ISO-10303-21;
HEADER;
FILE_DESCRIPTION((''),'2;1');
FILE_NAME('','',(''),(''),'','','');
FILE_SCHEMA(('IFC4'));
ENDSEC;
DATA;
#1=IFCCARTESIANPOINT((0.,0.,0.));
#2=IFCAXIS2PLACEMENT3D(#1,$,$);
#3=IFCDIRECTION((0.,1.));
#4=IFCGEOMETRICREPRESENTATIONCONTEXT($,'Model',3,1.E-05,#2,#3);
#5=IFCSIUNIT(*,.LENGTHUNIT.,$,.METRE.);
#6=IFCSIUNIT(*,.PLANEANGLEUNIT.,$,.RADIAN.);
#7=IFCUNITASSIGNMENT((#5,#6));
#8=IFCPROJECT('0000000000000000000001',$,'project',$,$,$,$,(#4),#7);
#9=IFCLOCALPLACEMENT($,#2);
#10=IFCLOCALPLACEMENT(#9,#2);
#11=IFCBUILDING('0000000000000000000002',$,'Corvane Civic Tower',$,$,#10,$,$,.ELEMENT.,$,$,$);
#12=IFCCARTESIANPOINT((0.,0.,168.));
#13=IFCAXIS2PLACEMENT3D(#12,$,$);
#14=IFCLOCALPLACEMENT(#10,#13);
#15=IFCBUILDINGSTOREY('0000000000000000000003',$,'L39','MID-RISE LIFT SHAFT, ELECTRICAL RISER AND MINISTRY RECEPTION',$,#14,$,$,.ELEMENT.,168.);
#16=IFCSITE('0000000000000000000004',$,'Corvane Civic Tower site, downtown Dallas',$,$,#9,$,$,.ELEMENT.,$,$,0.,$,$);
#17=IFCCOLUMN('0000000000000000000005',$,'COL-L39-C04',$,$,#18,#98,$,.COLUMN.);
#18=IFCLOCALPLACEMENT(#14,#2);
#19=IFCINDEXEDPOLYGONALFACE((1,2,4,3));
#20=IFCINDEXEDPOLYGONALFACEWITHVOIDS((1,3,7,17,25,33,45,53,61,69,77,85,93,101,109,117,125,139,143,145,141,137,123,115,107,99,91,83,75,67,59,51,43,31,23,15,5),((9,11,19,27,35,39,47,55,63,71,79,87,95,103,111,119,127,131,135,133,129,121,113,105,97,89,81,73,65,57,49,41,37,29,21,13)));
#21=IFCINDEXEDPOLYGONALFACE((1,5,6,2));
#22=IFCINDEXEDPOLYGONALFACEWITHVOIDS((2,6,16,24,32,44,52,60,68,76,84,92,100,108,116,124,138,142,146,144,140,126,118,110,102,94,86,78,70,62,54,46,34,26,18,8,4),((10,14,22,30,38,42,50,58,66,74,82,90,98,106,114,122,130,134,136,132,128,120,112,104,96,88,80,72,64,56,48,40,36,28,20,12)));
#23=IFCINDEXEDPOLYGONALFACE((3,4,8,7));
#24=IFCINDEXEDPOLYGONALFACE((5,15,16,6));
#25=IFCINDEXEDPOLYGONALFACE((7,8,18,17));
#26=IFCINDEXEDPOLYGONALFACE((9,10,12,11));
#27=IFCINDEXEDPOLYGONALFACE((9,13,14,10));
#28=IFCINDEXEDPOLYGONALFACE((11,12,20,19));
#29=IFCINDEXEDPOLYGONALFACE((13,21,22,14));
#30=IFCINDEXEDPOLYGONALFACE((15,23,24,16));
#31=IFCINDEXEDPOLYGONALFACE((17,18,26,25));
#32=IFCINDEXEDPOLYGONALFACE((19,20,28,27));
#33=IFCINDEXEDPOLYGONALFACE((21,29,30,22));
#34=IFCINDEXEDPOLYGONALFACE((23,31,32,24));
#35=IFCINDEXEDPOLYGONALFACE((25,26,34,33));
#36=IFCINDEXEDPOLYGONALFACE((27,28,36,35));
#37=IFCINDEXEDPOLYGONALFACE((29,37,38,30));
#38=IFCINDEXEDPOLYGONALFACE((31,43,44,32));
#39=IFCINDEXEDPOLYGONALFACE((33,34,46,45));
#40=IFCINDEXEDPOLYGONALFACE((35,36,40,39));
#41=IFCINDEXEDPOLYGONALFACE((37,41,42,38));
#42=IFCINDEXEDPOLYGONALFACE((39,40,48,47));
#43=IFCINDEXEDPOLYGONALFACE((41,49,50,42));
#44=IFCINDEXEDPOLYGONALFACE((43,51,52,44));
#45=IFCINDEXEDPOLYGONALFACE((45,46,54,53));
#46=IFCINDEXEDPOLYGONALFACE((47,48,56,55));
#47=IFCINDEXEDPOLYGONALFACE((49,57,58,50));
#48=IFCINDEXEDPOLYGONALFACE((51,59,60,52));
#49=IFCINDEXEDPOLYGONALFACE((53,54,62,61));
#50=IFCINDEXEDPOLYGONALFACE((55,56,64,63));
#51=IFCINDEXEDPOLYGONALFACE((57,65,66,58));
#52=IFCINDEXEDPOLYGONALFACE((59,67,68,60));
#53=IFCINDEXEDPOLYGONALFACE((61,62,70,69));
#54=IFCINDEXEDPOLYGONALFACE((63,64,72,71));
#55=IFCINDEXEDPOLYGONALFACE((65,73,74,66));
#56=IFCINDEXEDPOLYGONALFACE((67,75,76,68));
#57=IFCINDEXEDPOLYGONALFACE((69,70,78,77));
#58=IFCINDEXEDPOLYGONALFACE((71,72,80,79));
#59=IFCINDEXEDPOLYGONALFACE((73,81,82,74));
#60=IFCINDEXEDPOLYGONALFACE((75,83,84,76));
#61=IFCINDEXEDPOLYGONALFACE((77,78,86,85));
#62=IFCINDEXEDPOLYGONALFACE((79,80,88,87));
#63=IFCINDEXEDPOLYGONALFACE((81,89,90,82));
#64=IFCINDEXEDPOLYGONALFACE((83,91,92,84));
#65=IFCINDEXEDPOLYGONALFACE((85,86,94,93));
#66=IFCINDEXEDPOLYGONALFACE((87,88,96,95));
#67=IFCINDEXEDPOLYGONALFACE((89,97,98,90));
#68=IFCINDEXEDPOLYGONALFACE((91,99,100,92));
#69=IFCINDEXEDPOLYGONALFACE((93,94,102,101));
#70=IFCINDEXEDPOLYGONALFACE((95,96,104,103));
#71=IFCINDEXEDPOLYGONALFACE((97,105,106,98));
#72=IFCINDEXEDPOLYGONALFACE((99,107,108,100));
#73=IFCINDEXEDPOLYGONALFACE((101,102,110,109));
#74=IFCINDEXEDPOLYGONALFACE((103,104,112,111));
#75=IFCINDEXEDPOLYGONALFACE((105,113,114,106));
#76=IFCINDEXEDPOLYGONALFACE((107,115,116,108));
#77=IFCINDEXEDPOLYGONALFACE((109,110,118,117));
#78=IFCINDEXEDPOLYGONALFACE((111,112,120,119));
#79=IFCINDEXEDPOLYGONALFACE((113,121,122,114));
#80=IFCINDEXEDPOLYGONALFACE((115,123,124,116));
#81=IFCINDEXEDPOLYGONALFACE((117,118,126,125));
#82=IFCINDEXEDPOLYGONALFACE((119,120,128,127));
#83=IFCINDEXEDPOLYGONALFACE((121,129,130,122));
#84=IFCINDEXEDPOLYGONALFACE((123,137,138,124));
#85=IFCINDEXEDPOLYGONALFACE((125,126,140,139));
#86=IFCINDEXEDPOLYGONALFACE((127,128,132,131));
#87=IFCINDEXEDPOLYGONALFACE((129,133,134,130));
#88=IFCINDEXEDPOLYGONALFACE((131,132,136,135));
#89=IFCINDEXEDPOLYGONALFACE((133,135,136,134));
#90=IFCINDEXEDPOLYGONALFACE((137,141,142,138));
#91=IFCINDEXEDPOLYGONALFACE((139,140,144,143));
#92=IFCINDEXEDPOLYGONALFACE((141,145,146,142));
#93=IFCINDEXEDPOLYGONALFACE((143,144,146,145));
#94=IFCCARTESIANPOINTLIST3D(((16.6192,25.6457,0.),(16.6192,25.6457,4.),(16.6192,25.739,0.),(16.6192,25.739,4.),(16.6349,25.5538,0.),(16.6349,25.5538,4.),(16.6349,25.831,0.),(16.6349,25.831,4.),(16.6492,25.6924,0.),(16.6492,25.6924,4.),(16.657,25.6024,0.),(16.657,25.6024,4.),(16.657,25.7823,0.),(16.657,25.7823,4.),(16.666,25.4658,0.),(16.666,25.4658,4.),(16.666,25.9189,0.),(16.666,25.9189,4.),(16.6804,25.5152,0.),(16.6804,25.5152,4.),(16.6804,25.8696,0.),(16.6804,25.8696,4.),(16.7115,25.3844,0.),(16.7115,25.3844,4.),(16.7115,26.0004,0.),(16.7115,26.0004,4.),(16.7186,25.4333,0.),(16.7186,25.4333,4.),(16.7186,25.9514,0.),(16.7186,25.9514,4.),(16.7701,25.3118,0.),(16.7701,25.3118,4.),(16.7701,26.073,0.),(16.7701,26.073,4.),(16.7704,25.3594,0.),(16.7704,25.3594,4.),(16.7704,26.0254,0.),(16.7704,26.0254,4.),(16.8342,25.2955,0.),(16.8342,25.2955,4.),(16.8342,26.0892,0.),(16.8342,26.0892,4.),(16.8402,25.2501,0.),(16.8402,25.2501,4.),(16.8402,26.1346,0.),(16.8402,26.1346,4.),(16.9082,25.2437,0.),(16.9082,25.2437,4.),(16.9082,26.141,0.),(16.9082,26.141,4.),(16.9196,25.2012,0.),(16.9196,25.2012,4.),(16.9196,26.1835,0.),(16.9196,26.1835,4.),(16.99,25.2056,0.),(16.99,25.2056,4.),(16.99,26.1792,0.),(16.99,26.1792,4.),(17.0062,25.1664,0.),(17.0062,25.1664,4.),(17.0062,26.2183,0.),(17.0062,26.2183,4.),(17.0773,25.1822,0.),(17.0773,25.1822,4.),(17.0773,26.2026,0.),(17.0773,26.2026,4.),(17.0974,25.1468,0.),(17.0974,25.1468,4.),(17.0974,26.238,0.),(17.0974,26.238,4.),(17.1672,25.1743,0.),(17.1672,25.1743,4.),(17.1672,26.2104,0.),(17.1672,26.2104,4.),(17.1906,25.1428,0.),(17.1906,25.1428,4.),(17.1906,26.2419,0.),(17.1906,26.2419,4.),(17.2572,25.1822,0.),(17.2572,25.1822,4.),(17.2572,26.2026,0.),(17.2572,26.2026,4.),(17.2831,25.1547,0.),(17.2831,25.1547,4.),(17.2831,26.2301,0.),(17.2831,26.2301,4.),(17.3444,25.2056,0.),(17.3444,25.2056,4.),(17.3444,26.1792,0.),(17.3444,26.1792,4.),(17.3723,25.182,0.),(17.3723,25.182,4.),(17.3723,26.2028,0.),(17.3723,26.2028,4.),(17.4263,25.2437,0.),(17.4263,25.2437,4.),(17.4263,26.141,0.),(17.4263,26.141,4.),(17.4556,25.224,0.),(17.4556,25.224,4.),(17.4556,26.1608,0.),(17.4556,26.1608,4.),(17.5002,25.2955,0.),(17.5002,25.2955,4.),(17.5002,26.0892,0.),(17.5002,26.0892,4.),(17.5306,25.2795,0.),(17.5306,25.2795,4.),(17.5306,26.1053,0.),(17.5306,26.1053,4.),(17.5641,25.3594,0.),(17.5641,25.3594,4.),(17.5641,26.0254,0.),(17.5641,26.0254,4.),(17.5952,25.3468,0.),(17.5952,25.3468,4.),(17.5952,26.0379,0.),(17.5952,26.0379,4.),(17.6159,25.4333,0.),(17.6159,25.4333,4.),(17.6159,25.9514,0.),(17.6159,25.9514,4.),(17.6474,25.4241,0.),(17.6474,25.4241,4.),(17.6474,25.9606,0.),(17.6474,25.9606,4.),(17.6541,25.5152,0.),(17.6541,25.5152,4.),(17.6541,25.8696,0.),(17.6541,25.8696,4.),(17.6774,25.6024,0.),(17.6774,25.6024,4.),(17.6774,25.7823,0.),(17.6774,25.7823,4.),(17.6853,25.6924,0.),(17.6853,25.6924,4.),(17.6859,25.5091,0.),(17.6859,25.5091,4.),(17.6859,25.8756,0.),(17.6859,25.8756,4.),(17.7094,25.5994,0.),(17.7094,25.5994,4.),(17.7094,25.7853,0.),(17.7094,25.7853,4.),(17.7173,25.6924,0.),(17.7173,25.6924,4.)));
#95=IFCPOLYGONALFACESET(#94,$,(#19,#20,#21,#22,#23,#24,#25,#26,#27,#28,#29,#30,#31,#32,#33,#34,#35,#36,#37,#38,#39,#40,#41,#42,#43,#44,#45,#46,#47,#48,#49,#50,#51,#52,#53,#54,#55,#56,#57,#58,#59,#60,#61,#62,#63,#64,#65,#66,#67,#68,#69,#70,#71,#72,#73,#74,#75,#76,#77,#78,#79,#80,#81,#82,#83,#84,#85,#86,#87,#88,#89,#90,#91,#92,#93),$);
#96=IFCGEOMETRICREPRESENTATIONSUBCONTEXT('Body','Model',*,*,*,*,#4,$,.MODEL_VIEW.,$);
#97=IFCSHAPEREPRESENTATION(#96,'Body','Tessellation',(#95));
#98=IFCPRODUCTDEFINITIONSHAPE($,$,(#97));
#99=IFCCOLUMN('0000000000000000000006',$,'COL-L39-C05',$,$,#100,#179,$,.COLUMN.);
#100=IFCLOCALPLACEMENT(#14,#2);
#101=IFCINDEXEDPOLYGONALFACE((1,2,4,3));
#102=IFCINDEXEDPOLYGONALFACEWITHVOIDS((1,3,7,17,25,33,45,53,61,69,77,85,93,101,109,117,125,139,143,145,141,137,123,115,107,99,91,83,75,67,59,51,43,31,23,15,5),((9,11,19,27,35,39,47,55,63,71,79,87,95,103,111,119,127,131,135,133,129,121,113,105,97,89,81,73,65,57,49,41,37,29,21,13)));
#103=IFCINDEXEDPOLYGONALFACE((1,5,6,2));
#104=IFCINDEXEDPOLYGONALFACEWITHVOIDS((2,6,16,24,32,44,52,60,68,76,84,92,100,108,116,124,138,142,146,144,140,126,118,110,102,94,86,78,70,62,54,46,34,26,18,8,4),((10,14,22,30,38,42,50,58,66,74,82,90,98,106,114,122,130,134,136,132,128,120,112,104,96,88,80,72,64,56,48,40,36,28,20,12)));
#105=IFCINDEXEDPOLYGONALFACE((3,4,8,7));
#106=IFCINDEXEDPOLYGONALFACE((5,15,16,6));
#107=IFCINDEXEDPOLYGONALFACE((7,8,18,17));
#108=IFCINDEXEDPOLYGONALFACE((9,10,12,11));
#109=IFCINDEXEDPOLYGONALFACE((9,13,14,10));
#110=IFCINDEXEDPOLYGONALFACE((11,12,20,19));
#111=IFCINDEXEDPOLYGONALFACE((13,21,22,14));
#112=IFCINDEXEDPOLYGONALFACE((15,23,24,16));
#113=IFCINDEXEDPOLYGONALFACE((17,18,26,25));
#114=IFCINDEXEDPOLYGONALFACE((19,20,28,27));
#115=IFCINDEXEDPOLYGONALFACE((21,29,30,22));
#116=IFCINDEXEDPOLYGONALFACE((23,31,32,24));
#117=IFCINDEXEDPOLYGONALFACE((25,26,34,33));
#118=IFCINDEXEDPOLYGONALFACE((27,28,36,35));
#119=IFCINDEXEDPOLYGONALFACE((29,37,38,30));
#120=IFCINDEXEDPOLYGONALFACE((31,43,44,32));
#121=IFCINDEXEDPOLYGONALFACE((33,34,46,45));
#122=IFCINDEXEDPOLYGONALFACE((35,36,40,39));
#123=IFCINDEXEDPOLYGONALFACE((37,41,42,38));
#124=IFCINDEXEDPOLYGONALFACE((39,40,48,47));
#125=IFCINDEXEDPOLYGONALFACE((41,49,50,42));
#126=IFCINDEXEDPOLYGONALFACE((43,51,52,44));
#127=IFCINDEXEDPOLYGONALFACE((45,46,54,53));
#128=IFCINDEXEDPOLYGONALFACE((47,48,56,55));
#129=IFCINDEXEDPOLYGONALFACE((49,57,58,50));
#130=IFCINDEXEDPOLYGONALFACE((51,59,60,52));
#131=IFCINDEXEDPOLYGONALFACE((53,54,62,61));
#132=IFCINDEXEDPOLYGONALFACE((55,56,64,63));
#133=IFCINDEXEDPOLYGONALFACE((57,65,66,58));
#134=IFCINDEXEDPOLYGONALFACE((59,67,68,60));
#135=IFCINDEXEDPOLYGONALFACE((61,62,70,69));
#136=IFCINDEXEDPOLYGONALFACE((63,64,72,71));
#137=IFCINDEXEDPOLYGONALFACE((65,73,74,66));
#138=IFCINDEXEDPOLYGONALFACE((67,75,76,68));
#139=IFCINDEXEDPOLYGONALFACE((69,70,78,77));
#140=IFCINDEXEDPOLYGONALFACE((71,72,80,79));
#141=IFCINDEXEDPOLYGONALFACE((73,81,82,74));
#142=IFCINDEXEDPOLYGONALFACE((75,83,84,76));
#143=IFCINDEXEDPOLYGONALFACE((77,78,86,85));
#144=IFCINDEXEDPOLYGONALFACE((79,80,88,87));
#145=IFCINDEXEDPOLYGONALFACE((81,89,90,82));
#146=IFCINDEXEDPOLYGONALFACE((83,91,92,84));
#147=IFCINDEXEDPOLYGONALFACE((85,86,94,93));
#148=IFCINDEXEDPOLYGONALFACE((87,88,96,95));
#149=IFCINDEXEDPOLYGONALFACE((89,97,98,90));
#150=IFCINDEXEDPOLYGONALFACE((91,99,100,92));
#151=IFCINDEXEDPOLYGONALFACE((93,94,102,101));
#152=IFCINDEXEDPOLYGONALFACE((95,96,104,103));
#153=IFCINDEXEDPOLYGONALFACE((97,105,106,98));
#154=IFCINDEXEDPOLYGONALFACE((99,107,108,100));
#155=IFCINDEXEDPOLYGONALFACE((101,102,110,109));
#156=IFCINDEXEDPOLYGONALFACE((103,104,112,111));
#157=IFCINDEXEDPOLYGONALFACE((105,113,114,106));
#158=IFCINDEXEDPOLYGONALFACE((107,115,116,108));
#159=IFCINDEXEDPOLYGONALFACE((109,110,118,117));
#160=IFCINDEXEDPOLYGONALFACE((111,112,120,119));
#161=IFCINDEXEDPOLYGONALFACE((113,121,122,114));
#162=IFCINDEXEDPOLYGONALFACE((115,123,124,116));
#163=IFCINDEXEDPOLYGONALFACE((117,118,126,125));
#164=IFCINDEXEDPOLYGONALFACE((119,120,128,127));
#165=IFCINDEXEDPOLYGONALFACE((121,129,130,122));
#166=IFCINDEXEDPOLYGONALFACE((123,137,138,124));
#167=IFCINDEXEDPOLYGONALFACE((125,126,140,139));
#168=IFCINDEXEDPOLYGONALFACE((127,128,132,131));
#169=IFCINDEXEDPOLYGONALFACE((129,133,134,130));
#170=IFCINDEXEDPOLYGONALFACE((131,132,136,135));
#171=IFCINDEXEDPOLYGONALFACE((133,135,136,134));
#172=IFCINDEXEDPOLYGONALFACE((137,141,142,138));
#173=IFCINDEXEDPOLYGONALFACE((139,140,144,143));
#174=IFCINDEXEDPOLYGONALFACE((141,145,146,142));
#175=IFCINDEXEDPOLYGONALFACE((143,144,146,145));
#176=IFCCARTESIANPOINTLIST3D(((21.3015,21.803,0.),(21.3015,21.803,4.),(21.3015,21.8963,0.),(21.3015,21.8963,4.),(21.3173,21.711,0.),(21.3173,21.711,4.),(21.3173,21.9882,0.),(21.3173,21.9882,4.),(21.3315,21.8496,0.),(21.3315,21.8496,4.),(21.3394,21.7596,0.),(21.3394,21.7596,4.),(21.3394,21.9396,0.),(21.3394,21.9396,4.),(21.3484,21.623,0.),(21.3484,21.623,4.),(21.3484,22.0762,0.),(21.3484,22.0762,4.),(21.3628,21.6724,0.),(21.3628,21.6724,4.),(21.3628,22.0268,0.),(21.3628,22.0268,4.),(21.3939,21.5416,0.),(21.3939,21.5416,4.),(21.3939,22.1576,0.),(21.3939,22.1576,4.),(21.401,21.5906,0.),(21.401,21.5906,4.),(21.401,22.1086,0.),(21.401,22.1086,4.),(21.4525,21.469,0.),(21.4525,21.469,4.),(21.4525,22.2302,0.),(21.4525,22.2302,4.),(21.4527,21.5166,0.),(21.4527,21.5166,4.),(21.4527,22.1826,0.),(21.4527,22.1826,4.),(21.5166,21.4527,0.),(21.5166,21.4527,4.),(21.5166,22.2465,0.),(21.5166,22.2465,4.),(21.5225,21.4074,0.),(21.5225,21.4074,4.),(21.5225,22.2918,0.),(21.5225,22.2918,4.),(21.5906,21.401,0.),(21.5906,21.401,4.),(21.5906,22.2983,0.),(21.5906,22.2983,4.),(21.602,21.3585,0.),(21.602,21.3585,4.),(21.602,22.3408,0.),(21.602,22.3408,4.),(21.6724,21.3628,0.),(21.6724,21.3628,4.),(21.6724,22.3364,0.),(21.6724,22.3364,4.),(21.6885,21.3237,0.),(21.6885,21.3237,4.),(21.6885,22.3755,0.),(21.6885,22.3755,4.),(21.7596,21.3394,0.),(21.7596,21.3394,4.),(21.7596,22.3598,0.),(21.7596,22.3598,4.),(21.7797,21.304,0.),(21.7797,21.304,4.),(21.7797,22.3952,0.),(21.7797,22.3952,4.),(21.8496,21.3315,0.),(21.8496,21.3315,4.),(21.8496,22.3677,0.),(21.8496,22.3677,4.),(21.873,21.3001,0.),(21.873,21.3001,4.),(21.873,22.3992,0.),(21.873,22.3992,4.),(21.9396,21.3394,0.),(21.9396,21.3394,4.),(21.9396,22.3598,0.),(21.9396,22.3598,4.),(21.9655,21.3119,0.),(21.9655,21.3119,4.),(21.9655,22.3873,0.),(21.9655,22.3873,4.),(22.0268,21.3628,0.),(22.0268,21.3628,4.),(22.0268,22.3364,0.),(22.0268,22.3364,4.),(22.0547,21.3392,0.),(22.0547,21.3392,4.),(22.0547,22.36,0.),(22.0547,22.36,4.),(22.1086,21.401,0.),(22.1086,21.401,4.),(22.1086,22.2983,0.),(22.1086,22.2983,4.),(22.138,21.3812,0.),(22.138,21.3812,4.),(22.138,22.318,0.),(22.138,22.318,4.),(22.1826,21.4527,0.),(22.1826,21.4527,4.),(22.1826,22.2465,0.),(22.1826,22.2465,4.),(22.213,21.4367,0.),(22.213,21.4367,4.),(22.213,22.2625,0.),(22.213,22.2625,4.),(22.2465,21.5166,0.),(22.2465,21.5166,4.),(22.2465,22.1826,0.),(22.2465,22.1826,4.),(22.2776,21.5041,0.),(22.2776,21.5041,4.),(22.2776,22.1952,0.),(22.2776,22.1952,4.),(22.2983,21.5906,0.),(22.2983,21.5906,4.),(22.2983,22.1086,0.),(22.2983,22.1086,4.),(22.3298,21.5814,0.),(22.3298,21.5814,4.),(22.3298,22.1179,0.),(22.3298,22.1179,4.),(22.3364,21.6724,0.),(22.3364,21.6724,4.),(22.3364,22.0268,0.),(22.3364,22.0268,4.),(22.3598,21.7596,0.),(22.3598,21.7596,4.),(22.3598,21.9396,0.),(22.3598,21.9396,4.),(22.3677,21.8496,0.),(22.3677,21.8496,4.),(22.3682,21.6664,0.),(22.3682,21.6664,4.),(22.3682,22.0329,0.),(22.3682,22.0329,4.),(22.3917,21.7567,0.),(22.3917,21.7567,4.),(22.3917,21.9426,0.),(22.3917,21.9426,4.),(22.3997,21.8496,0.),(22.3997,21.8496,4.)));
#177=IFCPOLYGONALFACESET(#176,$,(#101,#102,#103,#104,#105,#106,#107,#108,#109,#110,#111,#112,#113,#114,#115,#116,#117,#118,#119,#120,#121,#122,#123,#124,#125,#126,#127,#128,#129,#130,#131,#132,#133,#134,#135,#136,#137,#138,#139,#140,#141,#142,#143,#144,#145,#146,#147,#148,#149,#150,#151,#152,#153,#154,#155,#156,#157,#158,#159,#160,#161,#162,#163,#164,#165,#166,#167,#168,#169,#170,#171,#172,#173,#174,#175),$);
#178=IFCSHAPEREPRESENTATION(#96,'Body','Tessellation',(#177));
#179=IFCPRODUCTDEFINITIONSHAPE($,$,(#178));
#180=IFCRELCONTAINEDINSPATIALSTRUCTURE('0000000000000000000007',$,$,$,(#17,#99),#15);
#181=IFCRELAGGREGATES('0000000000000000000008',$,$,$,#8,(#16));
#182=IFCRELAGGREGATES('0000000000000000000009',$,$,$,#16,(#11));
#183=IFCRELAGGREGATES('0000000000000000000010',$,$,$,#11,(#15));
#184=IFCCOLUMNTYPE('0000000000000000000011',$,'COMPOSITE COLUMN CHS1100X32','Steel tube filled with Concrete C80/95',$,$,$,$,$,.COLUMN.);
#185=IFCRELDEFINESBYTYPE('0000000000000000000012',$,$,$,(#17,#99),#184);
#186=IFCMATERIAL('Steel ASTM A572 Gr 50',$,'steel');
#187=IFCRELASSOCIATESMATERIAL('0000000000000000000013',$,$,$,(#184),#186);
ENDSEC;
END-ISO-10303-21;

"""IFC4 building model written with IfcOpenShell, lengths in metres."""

from ifc_helpers import new_model, si_unit, direction, frame, origin, origin_2d, place, context, subcontext, project, spatial, hollow_circle, extrude, material, material_profile, profile_set, type_object, element, save


model = new_model("IFC4")

# Units and contexts
model_context = context("Model", 3, precision=1e-05, world=origin(), true_north=direction((0.0, 1.0)))
body_context = subcontext(model_context, "Body", "Model", "MODEL_VIEW")
ifc_project = project(units=[si_unit("LENGTHUNIT", "METRE"), si_unit("PLANEANGLEUNIT", "RADIAN")], contexts=[model_context])

# Site, building, storey
site_placement = place(None, origin())
site = spatial("IfcSite", under=ifc_project, at=site_placement, Name="Corvane Civic Tower site, downtown Dallas", CompositionType="ELEMENT", RefElevation=0.0)
building_placement = place(site_placement, origin())
building = spatial("IfcBuilding", under=site, at=building_placement, Name="Corvane Civic Tower", CompositionType="ELEMENT")
storey_placement = place(building_placement, frame((0.0, 0.0, 168.0)))
storey = spatial("IfcBuildingStorey", under=building, at=storey_placement, Name="L39", Description="MID-RISE LIFT SHAFT, ELECTRICAL RISER AND MINISTRY RECEPTION", CompositionType="ELEMENT", Elevation=168.0)

# Columns
ifc_material_1 = material(Name="Steel ASTM A572 Gr 50", Category="steel")
ifc_material_profile_1 = material_profile(ifc_material_1, hollow_circle(Radius=0.55, WallThickness=0.032, at=origin_2d()), Name="CHS1100X32")
ifc_profile_set_1 = profile_set([ifc_material_profile_1], Name="Steel ASTM A572 Gr 50")
column_type = type_object("IfcColumnType", Name="COMPOSITE COLUMN CHS1100X32", Description="Steel tube filled with Concrete C80/95", PredefinedType="COLUMN", material=ifc_profile_set_1)
for number, where, z_axis, x_axis, name in (
    (1, (17.1672, 25.6924, 0.0), (0.0, 0.0, 1.0), (1.0, 0.0, 0.0), "COL-L39-C04"),
    (2, (21.8496, 21.8496, 0.0), (0.0, 0.0, 1.0), (1.0, 0.0, 0.0), "COL-L39-C05"),
):
    element("IfcColumn", number, at=place(storey_placement, frame(where, z_axis=z_axis, x_axis=x_axis)), inside=storey, type_object=column_type, Name=name, PredefinedType="COLUMN", context=body_context, shape_type="SweptSolid", body=[
        extrude(hollow_circle(Radius=0.55, WallThickness=0.032, at=origin_2d()), origin(), (0.0, 0.0, 1.0), 4.0),
    ])

save(model, "model.ifc")
